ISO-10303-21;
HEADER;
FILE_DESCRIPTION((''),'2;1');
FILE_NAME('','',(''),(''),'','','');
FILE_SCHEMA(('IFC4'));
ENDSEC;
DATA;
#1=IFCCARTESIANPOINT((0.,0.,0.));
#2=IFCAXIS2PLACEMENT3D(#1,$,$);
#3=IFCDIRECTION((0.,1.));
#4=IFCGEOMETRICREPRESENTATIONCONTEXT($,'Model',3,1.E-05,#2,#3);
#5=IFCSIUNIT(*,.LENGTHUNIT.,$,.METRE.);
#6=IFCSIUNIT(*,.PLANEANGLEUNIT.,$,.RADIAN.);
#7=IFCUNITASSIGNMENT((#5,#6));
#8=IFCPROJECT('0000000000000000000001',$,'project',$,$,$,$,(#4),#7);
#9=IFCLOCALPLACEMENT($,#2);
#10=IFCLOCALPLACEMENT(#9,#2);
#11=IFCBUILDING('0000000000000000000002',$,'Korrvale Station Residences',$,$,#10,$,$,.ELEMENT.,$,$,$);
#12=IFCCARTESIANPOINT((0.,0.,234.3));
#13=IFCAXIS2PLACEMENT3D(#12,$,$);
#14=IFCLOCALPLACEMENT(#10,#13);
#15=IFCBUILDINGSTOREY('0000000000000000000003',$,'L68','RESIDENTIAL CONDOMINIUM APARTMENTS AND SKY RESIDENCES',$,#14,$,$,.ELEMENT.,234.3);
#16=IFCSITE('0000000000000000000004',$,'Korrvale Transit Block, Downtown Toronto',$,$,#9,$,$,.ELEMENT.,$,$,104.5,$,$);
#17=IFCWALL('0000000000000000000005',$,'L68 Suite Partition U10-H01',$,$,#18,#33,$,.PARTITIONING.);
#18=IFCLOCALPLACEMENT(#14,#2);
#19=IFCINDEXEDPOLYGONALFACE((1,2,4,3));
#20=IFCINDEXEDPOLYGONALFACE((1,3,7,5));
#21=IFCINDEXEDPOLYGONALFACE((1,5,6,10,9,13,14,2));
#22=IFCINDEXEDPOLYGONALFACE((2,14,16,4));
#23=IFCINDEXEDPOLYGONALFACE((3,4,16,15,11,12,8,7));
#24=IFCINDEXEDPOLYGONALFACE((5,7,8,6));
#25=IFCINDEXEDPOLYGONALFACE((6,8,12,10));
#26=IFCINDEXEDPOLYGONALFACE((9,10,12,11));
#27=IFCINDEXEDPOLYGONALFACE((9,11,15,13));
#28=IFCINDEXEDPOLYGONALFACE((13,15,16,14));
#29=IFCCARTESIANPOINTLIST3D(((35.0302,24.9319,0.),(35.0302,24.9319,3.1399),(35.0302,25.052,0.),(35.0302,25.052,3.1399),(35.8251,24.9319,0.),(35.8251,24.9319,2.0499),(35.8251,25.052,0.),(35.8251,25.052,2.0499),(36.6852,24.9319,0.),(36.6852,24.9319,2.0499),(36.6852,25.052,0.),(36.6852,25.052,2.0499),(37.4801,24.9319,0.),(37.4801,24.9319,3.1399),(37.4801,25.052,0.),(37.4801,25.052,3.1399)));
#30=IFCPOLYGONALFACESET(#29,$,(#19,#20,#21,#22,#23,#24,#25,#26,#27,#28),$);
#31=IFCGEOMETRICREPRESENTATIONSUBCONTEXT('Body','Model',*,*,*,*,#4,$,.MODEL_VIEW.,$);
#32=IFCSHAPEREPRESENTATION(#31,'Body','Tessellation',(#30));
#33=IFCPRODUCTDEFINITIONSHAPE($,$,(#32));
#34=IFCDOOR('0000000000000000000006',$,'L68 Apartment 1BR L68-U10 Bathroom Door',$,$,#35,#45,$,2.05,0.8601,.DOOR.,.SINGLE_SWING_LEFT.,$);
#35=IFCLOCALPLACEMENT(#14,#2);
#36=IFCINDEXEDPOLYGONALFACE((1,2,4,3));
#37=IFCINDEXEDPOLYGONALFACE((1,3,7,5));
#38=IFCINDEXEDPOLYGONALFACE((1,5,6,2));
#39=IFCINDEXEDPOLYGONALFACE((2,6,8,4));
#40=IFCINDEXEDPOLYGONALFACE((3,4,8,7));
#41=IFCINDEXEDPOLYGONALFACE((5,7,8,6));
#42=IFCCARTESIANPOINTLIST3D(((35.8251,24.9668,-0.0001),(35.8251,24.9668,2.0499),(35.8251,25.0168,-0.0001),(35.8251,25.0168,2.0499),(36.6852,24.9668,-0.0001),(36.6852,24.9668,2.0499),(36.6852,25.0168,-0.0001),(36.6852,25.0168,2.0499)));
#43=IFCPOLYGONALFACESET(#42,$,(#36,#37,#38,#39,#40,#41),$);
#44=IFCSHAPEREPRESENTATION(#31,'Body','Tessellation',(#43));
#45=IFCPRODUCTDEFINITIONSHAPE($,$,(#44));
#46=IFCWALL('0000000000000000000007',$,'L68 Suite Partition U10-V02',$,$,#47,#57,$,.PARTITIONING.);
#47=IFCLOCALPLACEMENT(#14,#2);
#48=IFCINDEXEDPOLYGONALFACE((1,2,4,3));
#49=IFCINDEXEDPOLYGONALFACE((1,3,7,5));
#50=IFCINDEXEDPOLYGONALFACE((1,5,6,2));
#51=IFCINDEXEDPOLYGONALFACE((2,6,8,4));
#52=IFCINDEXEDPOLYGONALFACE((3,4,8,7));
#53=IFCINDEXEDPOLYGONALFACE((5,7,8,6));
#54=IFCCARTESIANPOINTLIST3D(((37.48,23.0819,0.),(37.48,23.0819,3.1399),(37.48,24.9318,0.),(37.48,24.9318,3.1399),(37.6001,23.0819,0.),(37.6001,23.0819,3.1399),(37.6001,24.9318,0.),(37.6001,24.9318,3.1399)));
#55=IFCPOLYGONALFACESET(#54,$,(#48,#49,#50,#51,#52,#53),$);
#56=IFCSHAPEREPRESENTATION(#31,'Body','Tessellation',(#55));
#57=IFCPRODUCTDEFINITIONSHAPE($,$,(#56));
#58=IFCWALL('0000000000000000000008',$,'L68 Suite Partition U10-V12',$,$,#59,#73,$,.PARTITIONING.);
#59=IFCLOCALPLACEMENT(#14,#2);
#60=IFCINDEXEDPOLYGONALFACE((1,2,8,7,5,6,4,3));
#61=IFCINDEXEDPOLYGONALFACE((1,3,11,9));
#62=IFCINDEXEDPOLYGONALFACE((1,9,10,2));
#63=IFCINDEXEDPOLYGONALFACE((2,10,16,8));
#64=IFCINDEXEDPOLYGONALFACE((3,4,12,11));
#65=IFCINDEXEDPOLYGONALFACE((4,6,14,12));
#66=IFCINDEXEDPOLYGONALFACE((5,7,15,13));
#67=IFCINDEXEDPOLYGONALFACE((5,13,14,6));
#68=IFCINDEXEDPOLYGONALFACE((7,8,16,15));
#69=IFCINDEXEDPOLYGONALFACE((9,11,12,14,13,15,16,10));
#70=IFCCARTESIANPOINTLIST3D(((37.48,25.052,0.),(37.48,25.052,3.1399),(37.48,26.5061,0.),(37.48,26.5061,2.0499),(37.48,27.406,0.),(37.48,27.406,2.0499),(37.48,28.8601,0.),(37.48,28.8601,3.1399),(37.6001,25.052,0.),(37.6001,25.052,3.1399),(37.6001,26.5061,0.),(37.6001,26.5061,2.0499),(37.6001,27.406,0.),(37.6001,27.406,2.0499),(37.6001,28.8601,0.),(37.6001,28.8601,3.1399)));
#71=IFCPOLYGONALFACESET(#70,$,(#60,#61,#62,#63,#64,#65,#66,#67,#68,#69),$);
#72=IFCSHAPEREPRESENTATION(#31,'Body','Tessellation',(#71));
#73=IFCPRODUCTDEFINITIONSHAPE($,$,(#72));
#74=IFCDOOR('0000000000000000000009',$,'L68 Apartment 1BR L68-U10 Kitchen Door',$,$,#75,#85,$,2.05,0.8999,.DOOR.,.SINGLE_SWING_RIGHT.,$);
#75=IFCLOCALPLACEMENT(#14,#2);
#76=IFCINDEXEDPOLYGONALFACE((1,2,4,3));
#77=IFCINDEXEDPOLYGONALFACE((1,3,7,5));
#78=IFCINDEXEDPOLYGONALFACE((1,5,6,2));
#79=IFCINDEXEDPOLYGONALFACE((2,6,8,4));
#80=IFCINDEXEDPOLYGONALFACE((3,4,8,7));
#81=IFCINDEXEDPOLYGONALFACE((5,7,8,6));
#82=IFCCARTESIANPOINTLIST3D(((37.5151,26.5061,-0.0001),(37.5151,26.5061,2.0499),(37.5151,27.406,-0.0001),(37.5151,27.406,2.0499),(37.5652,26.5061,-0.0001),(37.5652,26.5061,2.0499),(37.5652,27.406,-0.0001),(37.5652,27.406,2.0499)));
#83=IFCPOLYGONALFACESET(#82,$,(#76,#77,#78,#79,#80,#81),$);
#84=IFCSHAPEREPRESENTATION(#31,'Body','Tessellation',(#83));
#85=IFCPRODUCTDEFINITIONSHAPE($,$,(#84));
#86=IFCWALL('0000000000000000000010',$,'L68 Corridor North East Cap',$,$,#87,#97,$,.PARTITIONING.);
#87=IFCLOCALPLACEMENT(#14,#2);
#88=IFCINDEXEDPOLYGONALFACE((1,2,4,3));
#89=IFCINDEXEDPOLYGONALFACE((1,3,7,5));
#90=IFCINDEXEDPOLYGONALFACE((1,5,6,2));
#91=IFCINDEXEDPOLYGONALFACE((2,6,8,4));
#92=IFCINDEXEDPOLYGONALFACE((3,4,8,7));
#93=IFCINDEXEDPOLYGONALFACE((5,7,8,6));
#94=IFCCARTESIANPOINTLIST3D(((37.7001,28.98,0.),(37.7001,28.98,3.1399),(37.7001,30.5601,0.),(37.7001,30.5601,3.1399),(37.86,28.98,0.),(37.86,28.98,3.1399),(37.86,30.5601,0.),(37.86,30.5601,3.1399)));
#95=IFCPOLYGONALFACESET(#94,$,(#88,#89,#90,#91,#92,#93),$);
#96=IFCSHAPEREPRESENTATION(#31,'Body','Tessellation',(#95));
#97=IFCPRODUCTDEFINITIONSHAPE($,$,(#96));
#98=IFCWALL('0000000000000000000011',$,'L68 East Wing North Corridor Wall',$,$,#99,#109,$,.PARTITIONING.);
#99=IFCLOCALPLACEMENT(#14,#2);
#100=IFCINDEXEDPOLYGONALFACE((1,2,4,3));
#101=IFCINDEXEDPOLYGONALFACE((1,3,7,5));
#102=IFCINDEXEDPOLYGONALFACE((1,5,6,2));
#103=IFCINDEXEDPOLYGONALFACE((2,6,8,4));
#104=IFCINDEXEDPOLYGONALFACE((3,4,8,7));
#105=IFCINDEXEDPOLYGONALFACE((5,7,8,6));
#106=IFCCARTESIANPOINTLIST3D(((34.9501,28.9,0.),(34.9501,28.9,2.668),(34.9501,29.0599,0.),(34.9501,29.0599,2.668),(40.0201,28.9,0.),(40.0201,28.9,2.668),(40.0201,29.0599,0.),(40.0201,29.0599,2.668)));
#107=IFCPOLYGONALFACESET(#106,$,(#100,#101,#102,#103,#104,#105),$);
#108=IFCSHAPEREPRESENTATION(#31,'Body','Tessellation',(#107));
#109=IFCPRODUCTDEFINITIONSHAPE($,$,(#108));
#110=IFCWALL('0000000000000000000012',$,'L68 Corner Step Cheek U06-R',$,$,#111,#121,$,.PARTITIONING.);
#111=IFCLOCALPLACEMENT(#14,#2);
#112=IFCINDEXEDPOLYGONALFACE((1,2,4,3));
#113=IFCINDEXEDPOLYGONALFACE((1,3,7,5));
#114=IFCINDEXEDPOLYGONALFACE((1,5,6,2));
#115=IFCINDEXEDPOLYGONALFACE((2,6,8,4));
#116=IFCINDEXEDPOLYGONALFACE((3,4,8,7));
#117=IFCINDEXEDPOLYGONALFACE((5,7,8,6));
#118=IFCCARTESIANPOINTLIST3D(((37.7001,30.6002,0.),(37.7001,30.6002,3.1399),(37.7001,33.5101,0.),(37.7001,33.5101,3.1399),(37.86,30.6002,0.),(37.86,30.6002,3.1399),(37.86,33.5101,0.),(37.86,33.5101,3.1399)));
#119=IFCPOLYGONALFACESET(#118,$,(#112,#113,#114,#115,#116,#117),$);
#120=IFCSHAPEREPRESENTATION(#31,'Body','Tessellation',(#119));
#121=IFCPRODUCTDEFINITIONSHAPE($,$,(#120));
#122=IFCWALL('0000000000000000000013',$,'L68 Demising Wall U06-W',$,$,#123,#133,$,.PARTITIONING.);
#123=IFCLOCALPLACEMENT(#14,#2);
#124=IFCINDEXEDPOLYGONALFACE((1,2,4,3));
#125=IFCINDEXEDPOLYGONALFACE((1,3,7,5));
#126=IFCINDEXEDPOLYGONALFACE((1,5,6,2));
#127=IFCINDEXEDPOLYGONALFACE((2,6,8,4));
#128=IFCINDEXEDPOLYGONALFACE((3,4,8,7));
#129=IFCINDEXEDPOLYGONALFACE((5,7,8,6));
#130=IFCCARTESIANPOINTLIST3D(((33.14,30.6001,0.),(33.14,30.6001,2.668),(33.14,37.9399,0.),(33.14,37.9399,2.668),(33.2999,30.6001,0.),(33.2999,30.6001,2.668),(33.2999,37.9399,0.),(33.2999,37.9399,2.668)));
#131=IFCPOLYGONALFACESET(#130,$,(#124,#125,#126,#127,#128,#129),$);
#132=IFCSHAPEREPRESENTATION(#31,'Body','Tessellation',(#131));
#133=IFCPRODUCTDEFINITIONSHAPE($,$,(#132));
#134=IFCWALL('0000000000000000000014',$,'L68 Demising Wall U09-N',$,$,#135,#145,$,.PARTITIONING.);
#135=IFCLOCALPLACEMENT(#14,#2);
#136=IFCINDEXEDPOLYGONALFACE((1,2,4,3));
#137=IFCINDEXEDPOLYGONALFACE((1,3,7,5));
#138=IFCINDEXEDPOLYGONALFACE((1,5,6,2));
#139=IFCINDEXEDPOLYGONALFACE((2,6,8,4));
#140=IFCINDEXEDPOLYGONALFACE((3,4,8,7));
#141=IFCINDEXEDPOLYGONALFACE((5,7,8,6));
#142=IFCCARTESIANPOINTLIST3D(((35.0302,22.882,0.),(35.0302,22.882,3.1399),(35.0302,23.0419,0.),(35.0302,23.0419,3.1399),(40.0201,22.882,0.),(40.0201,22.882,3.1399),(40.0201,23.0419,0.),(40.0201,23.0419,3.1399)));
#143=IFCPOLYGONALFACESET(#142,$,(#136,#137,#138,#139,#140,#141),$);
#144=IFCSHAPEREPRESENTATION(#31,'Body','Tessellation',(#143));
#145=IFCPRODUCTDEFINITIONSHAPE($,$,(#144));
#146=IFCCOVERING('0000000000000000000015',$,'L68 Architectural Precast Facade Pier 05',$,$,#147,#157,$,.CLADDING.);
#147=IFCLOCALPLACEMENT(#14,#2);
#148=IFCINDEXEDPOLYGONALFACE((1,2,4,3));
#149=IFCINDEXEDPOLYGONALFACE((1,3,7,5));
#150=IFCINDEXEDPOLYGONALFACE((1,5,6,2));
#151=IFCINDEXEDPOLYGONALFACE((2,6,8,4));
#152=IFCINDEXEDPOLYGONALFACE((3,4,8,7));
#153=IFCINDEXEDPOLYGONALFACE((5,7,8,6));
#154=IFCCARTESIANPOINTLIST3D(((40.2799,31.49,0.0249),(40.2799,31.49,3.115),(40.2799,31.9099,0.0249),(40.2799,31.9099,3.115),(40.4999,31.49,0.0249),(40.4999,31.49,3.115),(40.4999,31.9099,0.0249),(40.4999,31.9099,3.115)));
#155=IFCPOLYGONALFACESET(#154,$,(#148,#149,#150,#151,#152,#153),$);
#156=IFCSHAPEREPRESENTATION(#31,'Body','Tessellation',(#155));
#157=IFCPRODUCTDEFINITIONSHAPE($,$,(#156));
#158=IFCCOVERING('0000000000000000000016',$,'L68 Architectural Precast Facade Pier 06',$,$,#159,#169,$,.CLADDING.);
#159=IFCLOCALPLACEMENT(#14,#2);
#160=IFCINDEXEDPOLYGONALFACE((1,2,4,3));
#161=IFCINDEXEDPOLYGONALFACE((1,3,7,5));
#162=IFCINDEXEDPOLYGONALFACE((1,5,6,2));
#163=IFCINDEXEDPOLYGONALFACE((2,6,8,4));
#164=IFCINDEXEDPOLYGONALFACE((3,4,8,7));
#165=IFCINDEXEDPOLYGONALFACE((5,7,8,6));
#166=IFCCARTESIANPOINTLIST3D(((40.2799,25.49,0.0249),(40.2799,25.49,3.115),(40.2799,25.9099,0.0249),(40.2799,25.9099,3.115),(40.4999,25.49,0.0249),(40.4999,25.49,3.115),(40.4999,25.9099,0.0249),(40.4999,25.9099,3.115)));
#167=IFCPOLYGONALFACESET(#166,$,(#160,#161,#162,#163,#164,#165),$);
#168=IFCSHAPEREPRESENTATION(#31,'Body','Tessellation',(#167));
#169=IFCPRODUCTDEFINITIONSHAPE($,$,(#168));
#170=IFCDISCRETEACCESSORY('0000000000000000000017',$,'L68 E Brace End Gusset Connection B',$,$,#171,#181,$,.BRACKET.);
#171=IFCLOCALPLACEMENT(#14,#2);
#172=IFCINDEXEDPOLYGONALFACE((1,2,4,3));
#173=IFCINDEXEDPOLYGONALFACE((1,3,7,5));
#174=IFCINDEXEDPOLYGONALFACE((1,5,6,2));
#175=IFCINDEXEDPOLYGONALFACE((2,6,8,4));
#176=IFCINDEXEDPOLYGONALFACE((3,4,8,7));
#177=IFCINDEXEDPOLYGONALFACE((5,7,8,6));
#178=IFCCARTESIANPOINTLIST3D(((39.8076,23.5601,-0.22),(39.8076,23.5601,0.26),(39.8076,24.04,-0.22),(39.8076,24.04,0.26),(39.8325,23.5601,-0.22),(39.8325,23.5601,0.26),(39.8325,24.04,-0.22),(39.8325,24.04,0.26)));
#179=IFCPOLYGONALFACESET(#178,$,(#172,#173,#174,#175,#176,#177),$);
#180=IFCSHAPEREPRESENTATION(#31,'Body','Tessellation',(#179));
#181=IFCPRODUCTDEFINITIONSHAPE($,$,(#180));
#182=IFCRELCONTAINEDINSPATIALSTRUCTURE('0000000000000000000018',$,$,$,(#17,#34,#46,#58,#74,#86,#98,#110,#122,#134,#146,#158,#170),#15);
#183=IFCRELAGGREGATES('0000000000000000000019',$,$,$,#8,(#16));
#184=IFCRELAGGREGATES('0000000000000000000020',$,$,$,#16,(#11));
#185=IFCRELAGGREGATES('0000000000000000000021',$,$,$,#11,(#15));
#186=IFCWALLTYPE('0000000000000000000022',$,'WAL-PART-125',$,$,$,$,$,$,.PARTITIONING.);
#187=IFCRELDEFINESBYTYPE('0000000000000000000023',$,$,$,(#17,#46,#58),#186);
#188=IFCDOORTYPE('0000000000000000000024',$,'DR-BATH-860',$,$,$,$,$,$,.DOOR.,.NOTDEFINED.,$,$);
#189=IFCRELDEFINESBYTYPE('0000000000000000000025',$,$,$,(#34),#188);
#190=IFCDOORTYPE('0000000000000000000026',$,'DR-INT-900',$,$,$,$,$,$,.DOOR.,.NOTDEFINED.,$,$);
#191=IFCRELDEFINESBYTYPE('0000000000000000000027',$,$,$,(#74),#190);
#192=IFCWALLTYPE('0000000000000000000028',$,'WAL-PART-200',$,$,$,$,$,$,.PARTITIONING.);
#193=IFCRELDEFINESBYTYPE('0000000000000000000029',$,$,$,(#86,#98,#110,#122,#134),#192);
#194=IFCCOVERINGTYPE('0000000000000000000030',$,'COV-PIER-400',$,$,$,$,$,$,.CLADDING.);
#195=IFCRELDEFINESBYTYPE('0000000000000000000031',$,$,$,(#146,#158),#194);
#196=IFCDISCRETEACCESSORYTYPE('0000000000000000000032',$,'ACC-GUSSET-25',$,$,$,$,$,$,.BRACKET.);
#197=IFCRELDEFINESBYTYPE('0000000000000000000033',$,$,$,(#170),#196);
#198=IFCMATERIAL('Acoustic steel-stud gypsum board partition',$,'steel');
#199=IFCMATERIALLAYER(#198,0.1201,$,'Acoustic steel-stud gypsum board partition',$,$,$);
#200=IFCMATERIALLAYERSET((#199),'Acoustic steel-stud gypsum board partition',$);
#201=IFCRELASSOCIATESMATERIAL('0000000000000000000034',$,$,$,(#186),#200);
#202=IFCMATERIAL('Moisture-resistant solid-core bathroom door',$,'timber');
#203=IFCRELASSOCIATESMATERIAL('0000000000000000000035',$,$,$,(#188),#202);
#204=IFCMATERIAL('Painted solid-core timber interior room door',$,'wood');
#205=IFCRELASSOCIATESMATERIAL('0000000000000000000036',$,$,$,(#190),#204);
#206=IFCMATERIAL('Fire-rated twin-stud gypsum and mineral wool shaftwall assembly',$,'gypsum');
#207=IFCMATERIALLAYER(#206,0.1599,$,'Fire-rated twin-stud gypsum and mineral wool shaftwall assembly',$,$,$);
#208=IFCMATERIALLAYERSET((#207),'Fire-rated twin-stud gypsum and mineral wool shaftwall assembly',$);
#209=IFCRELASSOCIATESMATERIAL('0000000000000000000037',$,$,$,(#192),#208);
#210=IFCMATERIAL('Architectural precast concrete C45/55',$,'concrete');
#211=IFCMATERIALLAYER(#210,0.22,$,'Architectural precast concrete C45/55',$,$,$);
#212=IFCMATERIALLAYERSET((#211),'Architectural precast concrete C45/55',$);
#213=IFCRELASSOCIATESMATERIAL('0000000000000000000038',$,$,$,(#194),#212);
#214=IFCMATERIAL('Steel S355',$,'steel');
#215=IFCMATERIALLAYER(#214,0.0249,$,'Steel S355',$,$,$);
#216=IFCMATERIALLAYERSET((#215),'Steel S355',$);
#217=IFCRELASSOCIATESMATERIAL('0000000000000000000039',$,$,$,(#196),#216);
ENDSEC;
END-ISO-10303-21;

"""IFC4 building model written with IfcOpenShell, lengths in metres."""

from ifc_helpers import new_model, si_unit, direction, frame, frame_2d, origin, origin_2d, place, context, subcontext, project, spatial, rectangle, extrude, material, layer, layer_set, type_object, element, fill, save


model = new_model("IFC4")

# Units and contexts
model_context = context("Model", 3, precision=1e-05, world=origin(), true_north=direction((0.0, 1.0)))
body_context = subcontext(model_context, "Body", "Model", "MODEL_VIEW")
ifc_project = project(units=[si_unit("LENGTHUNIT", "METRE"), si_unit("PLANEANGLEUNIT", "RADIAN")], contexts=[model_context])

# Site, building, storey
site_placement = place(None, origin())
site = spatial("IfcSite", under=ifc_project, at=site_placement, Name="Korrvale Transit Block, Downtown Toronto", CompositionType="ELEMENT", RefElevation=104.5)
building_placement = place(site_placement, origin())
building = spatial("IfcBuilding", under=site, at=building_placement, Name="Korrvale Station Residences", CompositionType="ELEMENT")
storey_placement = place(building_placement, frame((0.0, 0.0, 234.3)))
storey = spatial("IfcBuildingStorey", under=building, at=storey_placement, Name="L68", Description="RESIDENTIAL CONDOMINIUM APARTMENTS AND SKY RESIDENCES", CompositionType="ELEMENT", Elevation=234.3)

# Shared definitions
ifc_material_1 = material(Name="Steel S355", Category="steel")

# Wall, opening, door
ifc_material_2 = material(Name="Acoustic steel-stud gypsum board partition", Category="steel")
ifc_layer_1 = layer(ifc_material_2, 0.1201, Name="Acoustic steel-stud gypsum board partition")
ifc_layer_set_1 = layer_set([ifc_layer_1], Name="Acoustic steel-stud gypsum board partition")
wall_type_1 = type_object("IfcWallType", Name="WAL-PART-125", PredefinedType="PARTITIONING", material=ifc_layer_set_1)
ifc_material_3 = material(Name="Moisture-resistant solid-core bathroom door", Category="timber")
door_type_1 = type_object("IfcDoorType", Name="DR-BATH-860", OperationType="NOTDEFINED", PredefinedType="DOOR", material=ifc_material_3)
wall_1_placement = place(storey_placement, frame((35.03, 24.9919, 0.0), z_axis=(0.0, 0.0, 1.0), x_axis=(1.0, 0.0, 0.0)))
wall_1 = element("IfcWall", 1, at=wall_1_placement, inside=storey, type_object=wall_type_1, Name="L68 Suite Partition U10-H01", PredefinedType="PARTITIONING", context=body_context, shape_type="SweptSolid", body=[
    extrude(rectangle(XDim=2.45, YDim=0.1201, at=frame_2d((1.2251, 0.0))), origin(), (0.0, 0.0, 1.0), 3.1399),
])
opening_1_placement = place(wall_1_placement, frame((0.7949, 0.0, 0.0)))
opening_1 = element("IfcOpeningElement", 2, at=opening_1_placement, cuts=wall_1, PredefinedType="OPENING", context=body_context, shape_type="SweptSolid", body=[
    extrude(rectangle(XDim=0.8601, YDim=2.05, at=frame_2d((0.4302, 1.0249))), frame((0.0, 0.0701, 0.0), z_axis=(0.0, -1.0, 0.0), x_axis=(1.0, 0.0, 0.0)), (0.0, 0.0, 1.0), 0.1401),
])
door_1_placement = place(opening_1_placement, origin())
door_1 = element("IfcDoor", 3, at=door_1_placement, inside=storey, type_object=door_type_1, Name="L68 Apartment 1BR L68-U10 Bathroom Door", OperationType="SINGLE_SWING_LEFT", OverallHeight=2.05, OverallWidth=0.8601, PredefinedType="DOOR", context=body_context, shape_type="SweptSolid", body=[
    extrude(rectangle(XDim=0.8601, YDim=2.05, at=frame_2d((0.4302, 1.0249))), frame((0.0, 0.0249, 0.0), z_axis=(0.0, -1.0, 0.0), x_axis=(1.0, 0.0, 0.0)), (0.0, 0.0, 1.0), 0.05),
])
fill(opening_1, door_1)

# Wall
wall_2_placement = place(storey_placement, frame((37.54, 23.082, 0.0), z_axis=(0.0, 0.0, 1.0), x_axis=(0.0, 1.0, 0.0)))
element("IfcWall", 4, at=wall_2_placement, inside=storey, type_object=wall_type_1, Name="L68 Suite Partition U10-V02", PredefinedType="PARTITIONING", context=body_context, shape_type="SweptSolid", body=[
    extrude(rectangle(XDim=1.8499, YDim=0.1201, at=frame_2d((0.9248, 0.0))), origin(), (0.0, 0.0, 1.0), 3.1399),
])

# Wall, opening, door
wall_3_placement = place(storey_placement, frame((37.54, 25.052, 0.0), z_axis=(0.0, 0.0, 1.0), x_axis=(0.0, 1.0, 0.0)))
wall_3 = element("IfcWall", 5, at=wall_3_placement, inside=storey, type_object=wall_type_1, Name="L68 Suite Partition U10-V12", PredefinedType="PARTITIONING", context=body_context, shape_type="SweptSolid", body=[
    extrude(rectangle(XDim=3.8081, YDim=0.1201, at=frame_2d((1.9041, 0.0))), origin(), (0.0, 0.0, 1.0), 3.1399),
])
opening_2_placement = place(wall_3_placement, frame((1.4541, 0.0, 0.0)))
opening_2 = element("IfcOpeningElement", 6, at=opening_2_placement, cuts=wall_3, PredefinedType="OPENING", context=body_context, shape_type="SweptSolid", body=[
    extrude(rectangle(XDim=0.8999, YDim=2.05, at=frame_2d((0.45, 1.0249))), frame((0.0, 0.0701, 0.0), z_axis=(0.0, -1.0, 0.0), x_axis=(1.0, 0.0, 0.0)), (0.0, 0.0, 1.0), 0.1401),
])
ifc_material_4 = material(Name="Painted solid-core timber interior room door", Category="wood")
door_type_2 = type_object("IfcDoorType", Name="DR-INT-900", OperationType="NOTDEFINED", PredefinedType="DOOR", material=ifc_material_4)
door_2_placement = place(opening_2_placement, origin())
door_2 = element("IfcDoor", 7, at=door_2_placement, inside=storey, type_object=door_type_2, Name="L68 Apartment 1BR L68-U10 Kitchen Door", OperationType="SINGLE_SWING_RIGHT", OverallHeight=2.05, OverallWidth=0.8999, PredefinedType="DOOR", context=body_context, shape_type="SweptSolid", body=[
    extrude(rectangle(XDim=0.8999, YDim=2.05, at=frame_2d((0.45, 1.0249))), frame((0.0, 0.0249, 0.0), z_axis=(0.0, -1.0, 0.0), x_axis=(1.0, 0.0, 0.0)), (0.0, 0.0, 1.0), 0.05),
])
fill(opening_2, door_2)

# Walls
ifc_material_5 = material(Name="Fire-rated twin-stud gypsum and mineral wool shaftwall assembly", Category="gypsum")
ifc_layer_2 = layer(ifc_material_5, 0.1599, Name="Fire-rated twin-stud gypsum and mineral wool shaftwall assembly")
ifc_layer_set_2 = layer_set([ifc_layer_2], Name="Fire-rated twin-stud gypsum and mineral wool shaftwall assembly")
wall_type_2 = type_object("IfcWallType", Name="WAL-PART-200", PredefinedType="PARTITIONING", material=ifc_layer_set_2)
wall_4_placement = place(storey_placement, frame((37.78, 28.98, 0.0), z_axis=(0.0, 0.0, 1.0), x_axis=(0.0, 1.0, 0.0)))
element("IfcWall", 8, at=wall_4_placement, inside=storey, type_object=wall_type_2, Name="L68 Corridor North East Cap", PredefinedType="PARTITIONING", context=body_context, shape_type="SweptSolid", body=[
    extrude(rectangle(XDim=1.5801, YDim=0.1599, at=frame_2d((0.79, 0.0))), origin(), (0.0, 0.0, 1.0), 3.1399),
])
wall_5_placement = place(storey_placement, frame((34.95, 28.98, 0.0), z_axis=(0.0, 0.0, 1.0), x_axis=(1.0, 0.0, 0.0)))
element("IfcWall", 9, at=wall_5_placement, inside=storey, type_object=wall_type_2, Name="L68 East Wing North Corridor Wall", PredefinedType="PARTITIONING", context=body_context, shape_type="SweptSolid", body=[
    extrude(rectangle(XDim=5.0701, YDim=0.1599, at=frame_2d((2.5352, 0.0))), origin(), (0.0, 0.0, 1.0), 2.668),
])
wall_6_placement = place(storey_placement, frame((37.78, 30.6001, 0.0), z_axis=(0.0, 0.0, 1.0), x_axis=(0.0, 1.0, 0.0)))
element("IfcWall", 10, at=wall_6_placement, inside=storey, type_object=wall_type_2, Name="L68 Corner Step Cheek U06-R", PredefinedType="PARTITIONING", context=body_context, shape_type="SweptSolid", body=[
    extrude(rectangle(XDim=2.9099, YDim=0.1599, at=frame_2d((1.4551, 0.0))), origin(), (0.0, 0.0, 1.0), 3.1399),
])
wall_7_placement = place(storey_placement, frame((33.22, 30.6001, 0.0), z_axis=(0.0, 0.0, 1.0), x_axis=(0.0, 1.0, 0.0)))
element("IfcWall", 11, at=wall_7_placement, inside=storey, type_object=wall_type_2, Name="L68 Demising Wall U06-W", PredefinedType="PARTITIONING", context=body_context, shape_type="SweptSolid", body=[
    extrude(rectangle(XDim=7.3398, YDim=0.1599, at=frame_2d((3.6699, 0.0))), origin(), (0.0, 0.0, 1.0), 2.668),
])
wall_8_placement = place(storey_placement, frame((35.03, 22.9619, 0.0), z_axis=(0.0, 0.0, 1.0), x_axis=(1.0, 0.0, 0.0)))
element("IfcWall", 12, at=wall_8_placement, inside=storey, type_object=wall_type_2, Name="L68 Demising Wall U09-N", PredefinedType="PARTITIONING", context=body_context, shape_type="SweptSolid", body=[
    extrude(rectangle(XDim=4.99, YDim=0.1599, at=frame_2d((2.4951, 0.0))), origin(), (0.0, 0.0, 1.0), 3.1399),
])

# Coverings
ifc_material_6 = material(Name="Architectural precast concrete C45/55", Category="concrete")
ifc_layer_3 = layer(ifc_material_6, 0.22, Name="Architectural precast concrete C45/55")
ifc_layer_set_3 = layer_set([ifc_layer_3], Name="Architectural precast concrete C45/55")
covering_type = type_object("IfcCoveringType", Name="COV-PIER-400", PredefinedType="CLADDING", material=ifc_layer_set_3)
for number, where, z_axis, x_axis, name in (
    (13, (40.3899, 31.7, 0.0249), (0.0, 0.0, 1.0), (0.0, 1.0, 0.0), "L68 Architectural Precast Facade Pier 05"),
    (14, (40.3899, 25.7, 0.0249), (0.0, 0.0, 1.0), (0.0, 1.0, 0.0), "L68 Architectural Precast Facade Pier 06"),
):
    element("IfcCovering", number, at=place(storey_placement, frame(where, z_axis=z_axis, x_axis=x_axis)), inside=storey, type_object=covering_type, Name=name, PredefinedType="CLADDING", context=body_context, shape_type="SweptSolid", body=[
        extrude(rectangle(XDim=0.4199, YDim=0.22, at=origin_2d()), origin(), (0.0, 0.0, 1.0), 3.0901),
    ])

# Discrete accessory
ifc_layer_4 = layer(ifc_material_1, 0.0249, Name="Steel S355")
ifc_layer_set_4 = layer_set([ifc_layer_4], Name="Steel S355")
discrete_accessory_type = type_object("IfcDiscreteAccessoryType", Name="ACC-GUSSET-25", PredefinedType="BRACKET", material=ifc_layer_set_4)
discrete_accessory_placement = place(storey_placement, frame((39.8201, 23.8, -0.22), z_axis=(0.0, 0.0, 1.0), x_axis=(0.0, 1.0, 0.0)))
element("IfcDiscreteAccessory", 15, at=discrete_accessory_placement, inside=storey, type_object=discrete_accessory_type, Name="L68 E Brace End Gusset Connection B", PredefinedType="BRACKET", context=body_context, shape_type="SweptSolid", body=[
    extrude(rectangle(XDim=0.48, YDim=0.0249, at=origin_2d()), origin(), (0.0, 0.0, 1.0), 0.48),
])

save(model, "model.ifc")
